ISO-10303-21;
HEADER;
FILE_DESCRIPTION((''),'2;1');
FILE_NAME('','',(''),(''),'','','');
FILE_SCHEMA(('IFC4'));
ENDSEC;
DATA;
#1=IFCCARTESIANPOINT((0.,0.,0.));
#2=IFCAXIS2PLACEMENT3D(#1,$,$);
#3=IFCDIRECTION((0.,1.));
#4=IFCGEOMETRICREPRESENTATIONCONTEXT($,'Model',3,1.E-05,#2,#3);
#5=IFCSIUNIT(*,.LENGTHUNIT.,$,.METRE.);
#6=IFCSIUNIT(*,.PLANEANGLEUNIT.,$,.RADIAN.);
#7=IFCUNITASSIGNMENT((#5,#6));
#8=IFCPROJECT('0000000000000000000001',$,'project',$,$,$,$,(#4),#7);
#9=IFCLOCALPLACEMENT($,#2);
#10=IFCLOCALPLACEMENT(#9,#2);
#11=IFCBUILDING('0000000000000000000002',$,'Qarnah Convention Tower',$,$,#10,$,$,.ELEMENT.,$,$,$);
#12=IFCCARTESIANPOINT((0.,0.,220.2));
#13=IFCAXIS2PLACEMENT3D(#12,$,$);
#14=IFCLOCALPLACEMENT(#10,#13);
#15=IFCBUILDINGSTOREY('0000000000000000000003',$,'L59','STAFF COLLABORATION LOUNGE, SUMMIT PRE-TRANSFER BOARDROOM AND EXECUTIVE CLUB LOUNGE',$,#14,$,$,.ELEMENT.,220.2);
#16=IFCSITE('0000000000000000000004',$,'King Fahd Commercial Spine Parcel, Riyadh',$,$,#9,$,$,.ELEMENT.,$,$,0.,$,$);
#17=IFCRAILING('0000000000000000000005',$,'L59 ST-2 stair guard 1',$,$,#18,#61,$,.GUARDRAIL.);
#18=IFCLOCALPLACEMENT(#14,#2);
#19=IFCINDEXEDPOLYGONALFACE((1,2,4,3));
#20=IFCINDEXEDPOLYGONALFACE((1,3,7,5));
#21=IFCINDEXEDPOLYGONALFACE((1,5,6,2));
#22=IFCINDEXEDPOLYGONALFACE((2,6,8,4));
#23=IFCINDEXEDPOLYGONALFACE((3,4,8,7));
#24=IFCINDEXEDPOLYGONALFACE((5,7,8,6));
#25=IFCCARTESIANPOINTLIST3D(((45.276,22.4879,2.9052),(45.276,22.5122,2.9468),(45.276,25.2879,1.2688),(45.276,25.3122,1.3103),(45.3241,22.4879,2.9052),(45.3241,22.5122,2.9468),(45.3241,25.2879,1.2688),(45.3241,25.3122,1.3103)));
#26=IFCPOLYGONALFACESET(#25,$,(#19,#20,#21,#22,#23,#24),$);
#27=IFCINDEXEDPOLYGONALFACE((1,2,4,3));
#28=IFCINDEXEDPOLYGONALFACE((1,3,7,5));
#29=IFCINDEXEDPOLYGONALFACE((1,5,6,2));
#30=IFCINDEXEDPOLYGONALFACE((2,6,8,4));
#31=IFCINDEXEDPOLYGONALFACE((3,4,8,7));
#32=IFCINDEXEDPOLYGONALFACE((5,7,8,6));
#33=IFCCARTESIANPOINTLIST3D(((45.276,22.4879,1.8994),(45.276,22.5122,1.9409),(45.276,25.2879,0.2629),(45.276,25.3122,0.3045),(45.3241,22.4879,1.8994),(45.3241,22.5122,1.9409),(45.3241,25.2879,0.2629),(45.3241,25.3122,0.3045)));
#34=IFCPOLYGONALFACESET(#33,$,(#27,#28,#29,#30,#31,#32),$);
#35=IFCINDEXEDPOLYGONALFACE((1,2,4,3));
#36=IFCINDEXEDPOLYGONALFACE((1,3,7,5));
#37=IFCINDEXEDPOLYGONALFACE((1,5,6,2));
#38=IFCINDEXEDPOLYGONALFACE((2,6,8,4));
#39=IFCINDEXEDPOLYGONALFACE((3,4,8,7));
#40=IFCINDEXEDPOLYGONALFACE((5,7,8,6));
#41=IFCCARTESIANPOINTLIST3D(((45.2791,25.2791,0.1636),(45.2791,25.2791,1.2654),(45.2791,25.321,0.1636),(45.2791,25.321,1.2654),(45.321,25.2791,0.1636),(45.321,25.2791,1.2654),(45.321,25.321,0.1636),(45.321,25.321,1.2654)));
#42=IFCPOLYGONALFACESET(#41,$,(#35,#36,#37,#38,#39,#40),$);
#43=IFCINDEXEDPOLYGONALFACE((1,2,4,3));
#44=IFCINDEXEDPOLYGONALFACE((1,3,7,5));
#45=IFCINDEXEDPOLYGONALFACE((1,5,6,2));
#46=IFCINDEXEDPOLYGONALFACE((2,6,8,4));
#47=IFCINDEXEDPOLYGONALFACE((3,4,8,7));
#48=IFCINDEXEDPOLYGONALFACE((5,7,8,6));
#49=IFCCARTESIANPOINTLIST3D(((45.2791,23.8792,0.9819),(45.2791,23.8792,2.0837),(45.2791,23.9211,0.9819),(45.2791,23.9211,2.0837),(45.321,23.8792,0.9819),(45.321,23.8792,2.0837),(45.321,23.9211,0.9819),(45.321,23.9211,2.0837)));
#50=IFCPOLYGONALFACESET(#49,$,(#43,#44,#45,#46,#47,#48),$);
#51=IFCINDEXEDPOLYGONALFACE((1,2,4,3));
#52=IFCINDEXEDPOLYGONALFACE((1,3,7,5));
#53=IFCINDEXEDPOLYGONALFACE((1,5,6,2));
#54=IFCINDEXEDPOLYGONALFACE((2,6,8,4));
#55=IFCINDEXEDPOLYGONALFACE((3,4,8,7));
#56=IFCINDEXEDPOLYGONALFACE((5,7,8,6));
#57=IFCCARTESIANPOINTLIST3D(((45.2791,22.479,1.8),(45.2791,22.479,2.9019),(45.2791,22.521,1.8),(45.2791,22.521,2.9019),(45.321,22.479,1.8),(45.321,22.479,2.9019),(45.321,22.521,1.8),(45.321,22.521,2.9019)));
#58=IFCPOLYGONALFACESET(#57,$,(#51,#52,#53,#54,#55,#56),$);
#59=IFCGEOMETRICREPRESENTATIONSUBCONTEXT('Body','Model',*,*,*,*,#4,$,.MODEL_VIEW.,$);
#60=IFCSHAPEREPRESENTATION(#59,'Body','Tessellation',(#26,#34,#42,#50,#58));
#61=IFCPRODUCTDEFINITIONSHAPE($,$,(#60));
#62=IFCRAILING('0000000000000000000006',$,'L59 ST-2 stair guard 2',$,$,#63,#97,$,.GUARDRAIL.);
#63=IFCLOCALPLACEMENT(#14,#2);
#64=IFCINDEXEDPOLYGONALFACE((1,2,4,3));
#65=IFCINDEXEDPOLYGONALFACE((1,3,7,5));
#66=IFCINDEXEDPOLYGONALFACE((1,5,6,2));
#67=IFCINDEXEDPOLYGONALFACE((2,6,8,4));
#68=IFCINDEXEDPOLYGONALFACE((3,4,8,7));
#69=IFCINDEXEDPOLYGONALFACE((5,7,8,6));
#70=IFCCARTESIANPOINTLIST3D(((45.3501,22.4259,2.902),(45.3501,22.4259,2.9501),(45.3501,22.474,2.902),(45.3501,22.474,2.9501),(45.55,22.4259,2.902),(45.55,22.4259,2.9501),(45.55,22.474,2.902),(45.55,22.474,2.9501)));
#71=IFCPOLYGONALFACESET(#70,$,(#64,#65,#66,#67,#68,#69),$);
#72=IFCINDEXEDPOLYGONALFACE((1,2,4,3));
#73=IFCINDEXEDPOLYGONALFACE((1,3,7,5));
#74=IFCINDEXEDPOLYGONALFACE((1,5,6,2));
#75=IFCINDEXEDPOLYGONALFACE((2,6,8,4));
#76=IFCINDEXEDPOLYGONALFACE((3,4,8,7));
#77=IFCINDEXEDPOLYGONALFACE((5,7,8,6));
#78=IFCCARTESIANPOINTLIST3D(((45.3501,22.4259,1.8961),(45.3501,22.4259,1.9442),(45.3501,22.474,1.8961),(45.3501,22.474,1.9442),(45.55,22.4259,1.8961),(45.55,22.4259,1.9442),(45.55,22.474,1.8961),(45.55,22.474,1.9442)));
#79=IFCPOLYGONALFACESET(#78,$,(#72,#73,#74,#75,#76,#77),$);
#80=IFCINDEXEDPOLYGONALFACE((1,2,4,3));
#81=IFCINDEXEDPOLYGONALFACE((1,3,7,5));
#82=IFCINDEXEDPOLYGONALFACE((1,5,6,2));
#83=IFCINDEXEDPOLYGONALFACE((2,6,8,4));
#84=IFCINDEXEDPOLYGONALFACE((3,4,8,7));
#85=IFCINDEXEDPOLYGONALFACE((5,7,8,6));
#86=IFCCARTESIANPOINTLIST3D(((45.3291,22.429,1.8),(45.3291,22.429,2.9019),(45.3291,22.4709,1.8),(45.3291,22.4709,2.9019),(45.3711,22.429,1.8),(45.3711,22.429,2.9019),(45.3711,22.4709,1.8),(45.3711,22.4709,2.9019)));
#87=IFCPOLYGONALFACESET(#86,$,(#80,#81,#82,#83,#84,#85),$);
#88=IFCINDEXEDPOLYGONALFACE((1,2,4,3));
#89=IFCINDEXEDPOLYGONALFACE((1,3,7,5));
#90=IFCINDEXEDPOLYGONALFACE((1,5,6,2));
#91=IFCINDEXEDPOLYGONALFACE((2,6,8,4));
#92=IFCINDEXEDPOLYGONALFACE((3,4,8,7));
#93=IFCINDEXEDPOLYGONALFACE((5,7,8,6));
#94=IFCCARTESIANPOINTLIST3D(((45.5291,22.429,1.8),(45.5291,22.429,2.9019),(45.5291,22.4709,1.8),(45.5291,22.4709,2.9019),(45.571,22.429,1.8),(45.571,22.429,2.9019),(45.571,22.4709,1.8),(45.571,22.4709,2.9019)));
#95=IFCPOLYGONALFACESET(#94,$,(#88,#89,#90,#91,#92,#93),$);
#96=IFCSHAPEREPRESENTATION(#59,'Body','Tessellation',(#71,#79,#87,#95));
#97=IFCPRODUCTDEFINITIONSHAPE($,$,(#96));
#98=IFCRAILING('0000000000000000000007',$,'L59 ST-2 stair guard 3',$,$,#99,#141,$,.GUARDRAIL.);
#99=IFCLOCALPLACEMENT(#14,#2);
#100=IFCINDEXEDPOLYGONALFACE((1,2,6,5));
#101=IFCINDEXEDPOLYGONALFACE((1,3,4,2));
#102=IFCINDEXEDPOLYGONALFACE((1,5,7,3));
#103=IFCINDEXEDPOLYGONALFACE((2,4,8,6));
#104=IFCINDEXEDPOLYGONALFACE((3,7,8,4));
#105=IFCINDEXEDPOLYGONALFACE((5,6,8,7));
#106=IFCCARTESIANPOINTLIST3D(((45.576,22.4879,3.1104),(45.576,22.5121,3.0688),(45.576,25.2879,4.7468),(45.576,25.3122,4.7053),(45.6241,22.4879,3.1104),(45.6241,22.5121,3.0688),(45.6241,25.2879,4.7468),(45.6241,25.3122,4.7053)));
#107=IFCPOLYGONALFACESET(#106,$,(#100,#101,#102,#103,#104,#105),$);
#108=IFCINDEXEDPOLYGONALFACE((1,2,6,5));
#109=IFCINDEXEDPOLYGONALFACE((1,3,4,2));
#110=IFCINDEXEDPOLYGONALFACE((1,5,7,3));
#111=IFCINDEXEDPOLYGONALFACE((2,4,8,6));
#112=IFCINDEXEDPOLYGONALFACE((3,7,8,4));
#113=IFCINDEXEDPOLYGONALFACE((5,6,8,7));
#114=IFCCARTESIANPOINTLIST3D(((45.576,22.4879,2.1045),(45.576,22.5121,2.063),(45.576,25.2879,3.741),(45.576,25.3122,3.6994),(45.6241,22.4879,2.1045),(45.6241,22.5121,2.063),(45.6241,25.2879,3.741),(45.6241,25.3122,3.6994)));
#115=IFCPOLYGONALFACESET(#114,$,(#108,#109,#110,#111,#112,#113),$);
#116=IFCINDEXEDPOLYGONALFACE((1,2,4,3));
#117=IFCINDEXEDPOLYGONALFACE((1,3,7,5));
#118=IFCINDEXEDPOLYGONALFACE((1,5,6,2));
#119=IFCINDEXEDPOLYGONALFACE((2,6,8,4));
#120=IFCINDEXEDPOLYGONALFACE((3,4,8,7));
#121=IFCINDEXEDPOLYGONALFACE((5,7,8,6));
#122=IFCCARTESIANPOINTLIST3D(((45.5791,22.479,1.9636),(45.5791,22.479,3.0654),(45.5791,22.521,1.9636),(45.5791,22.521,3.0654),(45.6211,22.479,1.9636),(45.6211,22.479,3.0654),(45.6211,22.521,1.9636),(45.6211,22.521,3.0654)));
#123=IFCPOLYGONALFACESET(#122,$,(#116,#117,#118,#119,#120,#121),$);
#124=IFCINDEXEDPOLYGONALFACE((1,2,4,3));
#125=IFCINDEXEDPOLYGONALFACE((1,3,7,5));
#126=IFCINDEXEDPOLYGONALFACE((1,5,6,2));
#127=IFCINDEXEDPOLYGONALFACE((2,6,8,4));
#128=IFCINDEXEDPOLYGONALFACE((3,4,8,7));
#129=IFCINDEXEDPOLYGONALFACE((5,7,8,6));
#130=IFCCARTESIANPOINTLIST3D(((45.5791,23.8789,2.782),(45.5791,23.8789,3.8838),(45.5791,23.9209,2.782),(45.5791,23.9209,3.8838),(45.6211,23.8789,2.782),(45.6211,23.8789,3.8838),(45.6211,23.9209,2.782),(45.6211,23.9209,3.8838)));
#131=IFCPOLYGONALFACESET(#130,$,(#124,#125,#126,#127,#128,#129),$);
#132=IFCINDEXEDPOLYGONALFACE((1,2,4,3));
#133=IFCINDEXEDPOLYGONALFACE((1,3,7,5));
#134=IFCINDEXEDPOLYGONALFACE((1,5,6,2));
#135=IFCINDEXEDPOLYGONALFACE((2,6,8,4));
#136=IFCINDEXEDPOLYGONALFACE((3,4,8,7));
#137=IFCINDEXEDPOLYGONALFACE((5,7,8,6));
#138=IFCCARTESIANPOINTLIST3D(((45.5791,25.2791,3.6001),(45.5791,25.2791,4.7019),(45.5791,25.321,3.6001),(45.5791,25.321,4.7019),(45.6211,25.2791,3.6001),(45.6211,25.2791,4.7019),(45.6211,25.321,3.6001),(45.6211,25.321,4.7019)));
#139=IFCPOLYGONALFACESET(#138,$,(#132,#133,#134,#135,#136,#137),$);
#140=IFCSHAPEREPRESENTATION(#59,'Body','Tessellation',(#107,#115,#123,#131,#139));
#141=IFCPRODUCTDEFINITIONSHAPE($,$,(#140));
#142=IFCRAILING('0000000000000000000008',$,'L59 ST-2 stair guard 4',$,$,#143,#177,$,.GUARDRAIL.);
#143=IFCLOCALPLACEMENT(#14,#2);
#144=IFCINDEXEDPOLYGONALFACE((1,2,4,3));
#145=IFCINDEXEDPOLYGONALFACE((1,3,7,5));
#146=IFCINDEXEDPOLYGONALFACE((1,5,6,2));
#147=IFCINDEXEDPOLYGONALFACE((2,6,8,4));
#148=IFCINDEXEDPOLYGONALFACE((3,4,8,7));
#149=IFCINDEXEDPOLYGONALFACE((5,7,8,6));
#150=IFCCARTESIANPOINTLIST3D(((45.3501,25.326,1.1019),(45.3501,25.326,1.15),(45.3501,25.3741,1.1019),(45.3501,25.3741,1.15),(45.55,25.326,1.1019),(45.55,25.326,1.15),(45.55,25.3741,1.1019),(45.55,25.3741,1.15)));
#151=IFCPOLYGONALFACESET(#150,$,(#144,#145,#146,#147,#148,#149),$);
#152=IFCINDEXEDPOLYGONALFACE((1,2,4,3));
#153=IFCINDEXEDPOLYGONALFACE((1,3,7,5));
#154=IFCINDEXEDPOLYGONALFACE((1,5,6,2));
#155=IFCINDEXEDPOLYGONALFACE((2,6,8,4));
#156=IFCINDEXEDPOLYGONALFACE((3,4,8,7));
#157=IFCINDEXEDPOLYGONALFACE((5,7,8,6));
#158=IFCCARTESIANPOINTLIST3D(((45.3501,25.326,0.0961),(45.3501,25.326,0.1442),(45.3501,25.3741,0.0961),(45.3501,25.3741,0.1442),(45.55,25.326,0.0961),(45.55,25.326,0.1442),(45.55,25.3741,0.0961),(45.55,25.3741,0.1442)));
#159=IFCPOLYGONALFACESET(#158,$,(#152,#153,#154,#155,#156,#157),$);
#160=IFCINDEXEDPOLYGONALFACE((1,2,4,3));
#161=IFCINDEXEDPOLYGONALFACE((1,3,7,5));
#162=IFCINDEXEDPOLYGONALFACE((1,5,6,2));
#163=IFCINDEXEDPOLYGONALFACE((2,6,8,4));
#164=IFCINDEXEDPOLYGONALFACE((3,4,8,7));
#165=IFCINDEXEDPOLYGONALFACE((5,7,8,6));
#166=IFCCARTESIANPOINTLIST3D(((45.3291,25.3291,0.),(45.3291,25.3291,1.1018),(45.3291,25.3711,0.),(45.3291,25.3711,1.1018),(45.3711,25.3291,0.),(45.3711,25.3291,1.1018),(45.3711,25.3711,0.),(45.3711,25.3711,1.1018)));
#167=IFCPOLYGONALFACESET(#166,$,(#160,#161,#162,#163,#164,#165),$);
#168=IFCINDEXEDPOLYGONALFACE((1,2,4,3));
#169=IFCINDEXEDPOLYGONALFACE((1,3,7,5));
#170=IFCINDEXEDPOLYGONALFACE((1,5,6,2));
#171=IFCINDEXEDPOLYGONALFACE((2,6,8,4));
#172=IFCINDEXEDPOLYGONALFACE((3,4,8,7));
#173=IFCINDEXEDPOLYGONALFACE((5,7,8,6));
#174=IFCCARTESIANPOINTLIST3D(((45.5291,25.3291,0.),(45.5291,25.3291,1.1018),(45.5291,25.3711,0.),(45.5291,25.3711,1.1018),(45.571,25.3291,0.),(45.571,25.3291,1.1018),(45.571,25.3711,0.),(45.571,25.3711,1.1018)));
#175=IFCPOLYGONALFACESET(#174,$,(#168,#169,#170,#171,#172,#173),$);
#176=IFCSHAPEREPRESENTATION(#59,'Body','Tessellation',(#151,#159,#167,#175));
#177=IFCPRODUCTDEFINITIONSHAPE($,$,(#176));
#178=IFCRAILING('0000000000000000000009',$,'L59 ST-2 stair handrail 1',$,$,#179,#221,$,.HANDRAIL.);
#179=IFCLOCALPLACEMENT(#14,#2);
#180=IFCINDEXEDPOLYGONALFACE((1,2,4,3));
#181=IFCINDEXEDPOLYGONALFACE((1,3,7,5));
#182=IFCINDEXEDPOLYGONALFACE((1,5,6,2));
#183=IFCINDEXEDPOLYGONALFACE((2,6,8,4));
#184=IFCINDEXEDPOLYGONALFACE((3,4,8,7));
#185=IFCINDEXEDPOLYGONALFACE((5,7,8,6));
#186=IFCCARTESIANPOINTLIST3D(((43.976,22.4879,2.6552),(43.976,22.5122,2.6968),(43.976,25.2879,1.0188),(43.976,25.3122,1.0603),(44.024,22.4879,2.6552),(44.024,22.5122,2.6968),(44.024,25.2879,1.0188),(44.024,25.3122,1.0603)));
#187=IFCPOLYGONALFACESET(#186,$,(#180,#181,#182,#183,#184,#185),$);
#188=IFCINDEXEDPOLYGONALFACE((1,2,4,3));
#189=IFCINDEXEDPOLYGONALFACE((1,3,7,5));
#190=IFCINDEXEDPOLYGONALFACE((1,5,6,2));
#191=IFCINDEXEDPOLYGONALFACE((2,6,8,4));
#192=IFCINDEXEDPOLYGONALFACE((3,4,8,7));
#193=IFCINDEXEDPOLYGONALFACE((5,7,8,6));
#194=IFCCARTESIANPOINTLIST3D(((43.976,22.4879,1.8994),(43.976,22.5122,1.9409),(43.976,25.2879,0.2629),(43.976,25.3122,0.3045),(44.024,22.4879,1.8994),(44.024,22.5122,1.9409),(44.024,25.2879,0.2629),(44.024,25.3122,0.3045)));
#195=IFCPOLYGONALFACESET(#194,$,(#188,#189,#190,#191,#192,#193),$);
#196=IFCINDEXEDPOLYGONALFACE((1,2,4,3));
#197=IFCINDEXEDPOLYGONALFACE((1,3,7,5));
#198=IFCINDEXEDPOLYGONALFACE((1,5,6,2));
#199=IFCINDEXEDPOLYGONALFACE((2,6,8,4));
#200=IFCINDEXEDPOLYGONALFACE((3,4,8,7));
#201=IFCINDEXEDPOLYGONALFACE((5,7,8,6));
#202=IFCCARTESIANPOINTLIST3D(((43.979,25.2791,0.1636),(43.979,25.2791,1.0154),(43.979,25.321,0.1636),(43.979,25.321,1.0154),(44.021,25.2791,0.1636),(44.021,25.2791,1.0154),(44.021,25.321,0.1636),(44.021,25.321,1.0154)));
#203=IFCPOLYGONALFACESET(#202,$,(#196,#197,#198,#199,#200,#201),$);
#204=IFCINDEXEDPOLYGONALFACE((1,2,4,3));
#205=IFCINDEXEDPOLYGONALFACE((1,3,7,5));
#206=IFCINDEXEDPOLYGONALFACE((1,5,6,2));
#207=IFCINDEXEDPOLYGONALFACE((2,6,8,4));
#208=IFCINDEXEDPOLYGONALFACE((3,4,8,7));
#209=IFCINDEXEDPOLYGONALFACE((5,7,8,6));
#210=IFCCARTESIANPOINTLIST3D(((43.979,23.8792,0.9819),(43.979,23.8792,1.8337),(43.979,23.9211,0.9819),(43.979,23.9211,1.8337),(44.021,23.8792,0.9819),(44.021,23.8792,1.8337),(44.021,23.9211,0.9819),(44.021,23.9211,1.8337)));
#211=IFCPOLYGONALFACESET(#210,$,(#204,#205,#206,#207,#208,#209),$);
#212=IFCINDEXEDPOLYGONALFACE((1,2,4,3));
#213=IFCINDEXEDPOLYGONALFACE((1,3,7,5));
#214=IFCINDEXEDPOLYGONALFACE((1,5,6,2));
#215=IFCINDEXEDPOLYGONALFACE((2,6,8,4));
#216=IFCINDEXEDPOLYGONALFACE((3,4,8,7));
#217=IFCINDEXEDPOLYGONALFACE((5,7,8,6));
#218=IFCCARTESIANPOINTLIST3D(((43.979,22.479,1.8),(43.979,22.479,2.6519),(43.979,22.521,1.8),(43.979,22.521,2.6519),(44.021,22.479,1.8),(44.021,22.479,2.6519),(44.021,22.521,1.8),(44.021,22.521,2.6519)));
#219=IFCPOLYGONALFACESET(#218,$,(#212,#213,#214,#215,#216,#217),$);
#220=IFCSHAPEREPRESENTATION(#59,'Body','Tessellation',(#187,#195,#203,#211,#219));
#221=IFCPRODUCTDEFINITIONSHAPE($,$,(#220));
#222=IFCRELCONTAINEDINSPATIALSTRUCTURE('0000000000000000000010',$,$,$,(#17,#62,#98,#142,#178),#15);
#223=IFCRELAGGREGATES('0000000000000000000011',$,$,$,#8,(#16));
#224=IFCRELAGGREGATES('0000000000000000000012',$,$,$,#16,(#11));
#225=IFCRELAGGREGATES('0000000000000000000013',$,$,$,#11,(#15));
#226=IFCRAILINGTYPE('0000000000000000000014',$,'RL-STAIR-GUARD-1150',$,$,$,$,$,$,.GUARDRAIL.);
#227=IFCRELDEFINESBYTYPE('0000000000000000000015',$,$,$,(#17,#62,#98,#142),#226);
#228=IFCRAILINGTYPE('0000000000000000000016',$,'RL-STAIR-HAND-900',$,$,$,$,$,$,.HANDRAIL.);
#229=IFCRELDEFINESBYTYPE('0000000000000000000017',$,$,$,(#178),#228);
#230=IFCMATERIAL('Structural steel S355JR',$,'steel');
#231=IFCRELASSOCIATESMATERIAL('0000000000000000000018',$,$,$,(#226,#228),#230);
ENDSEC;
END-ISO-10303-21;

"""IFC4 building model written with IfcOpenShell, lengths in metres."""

from ifc_helpers import new_model, si_unit, direction, frame, origin, origin_2d, place, context, subcontext, project, spatial, rectangle, extrude, material, type_object, element, save


model = new_model("IFC4")

# Units and contexts
model_context = context("Model", 3, precision=1e-05, world=origin(), true_north=direction((0.0, 1.0)))
body_context = subcontext(model_context, "Body", "Model", "MODEL_VIEW")
ifc_project = project(units=[si_unit("LENGTHUNIT", "METRE"), si_unit("PLANEANGLEUNIT", "RADIAN")], contexts=[model_context])

# Site, building, storey
site_placement = place(None, origin())
site = spatial("IfcSite", under=ifc_project, at=site_placement, Name="King Fahd Commercial Spine Parcel, Riyadh", CompositionType="ELEMENT", RefElevation=0.0)
building_placement = place(site_placement, origin())
building = spatial("IfcBuilding", under=site, at=building_placement, Name="Qarnah Convention Tower", CompositionType="ELEMENT")
storey_placement = place(building_placement, frame((0.0, 0.0, 220.2)))
storey = spatial("IfcBuildingStorey", under=building, at=storey_placement, Name="L59", Description="STAFF COLLABORATION LOUNGE, SUMMIT PRE-TRANSFER BOARDROOM AND EXECUTIVE CLUB LOUNGE", CompositionType="ELEMENT", Elevation=220.2)

# Shared definitions
ifc_material_1 = material(Name="Structural steel S355JR", Category="steel")

# Railings
railing_type_1 = type_object("IfcRailingType", Name="RL-STAIR-GUARD-1150", PredefinedType="GUARDRAIL", material=ifc_material_1)
railing_1_placement = place(storey_placement, frame((45.3, 25.3, 0.1636)))
element("IfcRailing", 1, at=railing_1_placement, inside=storey, type_object=railing_type_1, Name="L59 ST-2 stair guard 1", PredefinedType="GUARDRAIL", context=body_context, shape_type="SweptSolid", body=[
    extrude(rectangle(XDim=0.0481, YDim=0.0481, at=origin_2d()), frame((0.0, 0.0, 1.126), z_axis=(0.0, -0.863361, 0.504587), x_axis=(1.0, 0.0, 0.0)), (0.0, 0.0, 1.0), 3.2432),
    extrude(rectangle(XDim=0.0481, YDim=0.0481, at=origin_2d()), frame((0.0, 0.0, 0.1201), z_axis=(0.0, -0.863361, 0.504587), x_axis=(1.0, 0.0, 0.0)), (0.0, 0.0, 1.0), 3.2432),
    extrude(rectangle(XDim=0.042, YDim=0.042, at=origin_2d()), origin(), (0.0, 0.0, 1.0), 1.1018),
    extrude(rectangle(XDim=0.042, YDim=0.042, at=origin_2d()), frame((0.0, -1.3999, 0.8184)), (0.0, 0.0, 1.0), 1.1018),
    extrude(rectangle(XDim=0.042, YDim=0.042, at=origin_2d()), frame((0.0, -2.8, 1.6365)), (0.0, 0.0, 1.0), 1.1018),
])
railing_2_placement = place(storey_placement, frame((45.3501, 22.45, 1.8)))
element("IfcRailing", 2, at=railing_2_placement, inside=storey, type_object=railing_type_1, Name="L59 ST-2 stair guard 2", PredefinedType="GUARDRAIL", context=body_context, shape_type="SweptSolid", body=[
    extrude(rectangle(XDim=0.0481, YDim=0.0481, at=origin_2d()), frame((0.0, 0.0, 1.126), z_axis=(1.0, 0.0, 0.0), x_axis=(0.0, 1.0, 0.0)), (0.0, 0.0, 1.0), 0.2),
    extrude(rectangle(XDim=0.0481, YDim=0.0481, at=origin_2d()), frame((0.0, 0.0, 0.1201), z_axis=(1.0, 0.0, 0.0), x_axis=(0.0, 1.0, 0.0)), (0.0, 0.0, 1.0), 0.2),
    extrude(rectangle(XDim=0.042, YDim=0.042, at=origin_2d()), origin(), (0.0, 0.0, 1.0), 1.1018),
    extrude(rectangle(XDim=0.042, YDim=0.042, at=origin_2d()), frame((0.2, 0.0, 0.0)), (0.0, 0.0, 1.0), 1.1018),
])
railing_3_placement = place(storey_placement, frame((45.6001, 22.5, 1.9636)))
element("IfcRailing", 3, at=railing_3_placement, inside=storey, type_object=railing_type_1, Name="L59 ST-2 stair guard 3", PredefinedType="GUARDRAIL", context=body_context, shape_type="SweptSolid", body=[
    extrude(rectangle(XDim=0.0481, YDim=0.0481, at=origin_2d()), frame((0.0, 0.0, 1.126), z_axis=(0.0, 0.863361, 0.504587), x_axis=(-1.0, 0.0, 0.0)), (0.0, 0.0, 1.0), 3.2432),
    extrude(rectangle(XDim=0.0481, YDim=0.0481, at=origin_2d()), frame((0.0, 0.0, 0.1201), z_axis=(0.0, 0.863361, 0.504587), x_axis=(-1.0, 0.0, 0.0)), (0.0, 0.0, 1.0), 3.2432),
    extrude(rectangle(XDim=0.042, YDim=0.042, at=origin_2d()), origin(), (0.0, 0.0, 1.0), 1.1018),
    extrude(rectangle(XDim=0.042, YDim=0.042, at=origin_2d()), frame((0.0, 1.3999, 0.8184)), (0.0, 0.0, 1.0), 1.1018),
    extrude(rectangle(XDim=0.042, YDim=0.042, at=origin_2d()), frame((0.0, 2.8, 1.6365)), (0.0, 0.0, 1.0), 1.1018),
])
railing_4_placement = place(storey_placement, frame((45.3501, 25.3501, 0.0)))
element("IfcRailing", 4, at=railing_4_placement, inside=storey, type_object=railing_type_1, Name="L59 ST-2 stair guard 4", PredefinedType="GUARDRAIL", context=body_context, shape_type="SweptSolid", body=[
    extrude(rectangle(XDim=0.0481, YDim=0.0481, at=origin_2d()), frame((0.0, 0.0, 1.126), z_axis=(1.0, 0.0, 0.0), x_axis=(0.0, 1.0, 0.0)), (0.0, 0.0, 1.0), 0.2),
    extrude(rectangle(XDim=0.0481, YDim=0.0481, at=origin_2d()), frame((0.0, 0.0, 0.1201), z_axis=(1.0, 0.0, 0.0), x_axis=(0.0, 1.0, 0.0)), (0.0, 0.0, 1.0), 0.2),
    extrude(rectangle(XDim=0.042, YDim=0.042, at=origin_2d()), origin(), (0.0, 0.0, 1.0), 1.1018),
    extrude(rectangle(XDim=0.042, YDim=0.042, at=origin_2d()), frame((0.2, 0.0, 0.0)), (0.0, 0.0, 1.0), 1.1018),
])
railing_type_2 = type_object("IfcRailingType", Name="RL-STAIR-HAND-900", PredefinedType="HANDRAIL", material=ifc_material_1)
railing_5_placement = place(storey_placement, frame((44.0, 25.3, 0.1636)))
element("IfcRailing", 5, at=railing_5_placement, inside=storey, type_object=railing_type_2, Name="L59 ST-2 stair handrail 1", PredefinedType="HANDRAIL", context=body_context, shape_type="SweptSolid", body=[
    extrude(rectangle(XDim=0.0481, YDim=0.0481, at=origin_2d()), frame((0.0, 0.0, 0.876), z_axis=(0.0, -0.863361, 0.504587), x_axis=(1.0, 0.0, 0.0)), (0.0, 0.0, 1.0), 3.2432),
    extrude(rectangle(XDim=0.0481, YDim=0.0481, at=origin_2d()), frame((0.0, 0.0, 0.1201), z_axis=(0.0, -0.863361, 0.504587), x_axis=(1.0, 0.0, 0.0)), (0.0, 0.0, 1.0), 3.2432),
    extrude(rectangle(XDim=0.042, YDim=0.042, at=origin_2d()), origin(), (0.0, 0.0, 1.0), 0.8518),
    extrude(rectangle(XDim=0.042, YDim=0.042, at=origin_2d()), frame((0.0, -1.3999, 0.8184)), (0.0, 0.0, 1.0), 0.8518),
    extrude(rectangle(XDim=0.042, YDim=0.042, at=origin_2d()), frame((0.0, -2.8, 1.6365)), (0.0, 0.0, 1.0), 0.8518),
])

save(model, "model.ifc")
